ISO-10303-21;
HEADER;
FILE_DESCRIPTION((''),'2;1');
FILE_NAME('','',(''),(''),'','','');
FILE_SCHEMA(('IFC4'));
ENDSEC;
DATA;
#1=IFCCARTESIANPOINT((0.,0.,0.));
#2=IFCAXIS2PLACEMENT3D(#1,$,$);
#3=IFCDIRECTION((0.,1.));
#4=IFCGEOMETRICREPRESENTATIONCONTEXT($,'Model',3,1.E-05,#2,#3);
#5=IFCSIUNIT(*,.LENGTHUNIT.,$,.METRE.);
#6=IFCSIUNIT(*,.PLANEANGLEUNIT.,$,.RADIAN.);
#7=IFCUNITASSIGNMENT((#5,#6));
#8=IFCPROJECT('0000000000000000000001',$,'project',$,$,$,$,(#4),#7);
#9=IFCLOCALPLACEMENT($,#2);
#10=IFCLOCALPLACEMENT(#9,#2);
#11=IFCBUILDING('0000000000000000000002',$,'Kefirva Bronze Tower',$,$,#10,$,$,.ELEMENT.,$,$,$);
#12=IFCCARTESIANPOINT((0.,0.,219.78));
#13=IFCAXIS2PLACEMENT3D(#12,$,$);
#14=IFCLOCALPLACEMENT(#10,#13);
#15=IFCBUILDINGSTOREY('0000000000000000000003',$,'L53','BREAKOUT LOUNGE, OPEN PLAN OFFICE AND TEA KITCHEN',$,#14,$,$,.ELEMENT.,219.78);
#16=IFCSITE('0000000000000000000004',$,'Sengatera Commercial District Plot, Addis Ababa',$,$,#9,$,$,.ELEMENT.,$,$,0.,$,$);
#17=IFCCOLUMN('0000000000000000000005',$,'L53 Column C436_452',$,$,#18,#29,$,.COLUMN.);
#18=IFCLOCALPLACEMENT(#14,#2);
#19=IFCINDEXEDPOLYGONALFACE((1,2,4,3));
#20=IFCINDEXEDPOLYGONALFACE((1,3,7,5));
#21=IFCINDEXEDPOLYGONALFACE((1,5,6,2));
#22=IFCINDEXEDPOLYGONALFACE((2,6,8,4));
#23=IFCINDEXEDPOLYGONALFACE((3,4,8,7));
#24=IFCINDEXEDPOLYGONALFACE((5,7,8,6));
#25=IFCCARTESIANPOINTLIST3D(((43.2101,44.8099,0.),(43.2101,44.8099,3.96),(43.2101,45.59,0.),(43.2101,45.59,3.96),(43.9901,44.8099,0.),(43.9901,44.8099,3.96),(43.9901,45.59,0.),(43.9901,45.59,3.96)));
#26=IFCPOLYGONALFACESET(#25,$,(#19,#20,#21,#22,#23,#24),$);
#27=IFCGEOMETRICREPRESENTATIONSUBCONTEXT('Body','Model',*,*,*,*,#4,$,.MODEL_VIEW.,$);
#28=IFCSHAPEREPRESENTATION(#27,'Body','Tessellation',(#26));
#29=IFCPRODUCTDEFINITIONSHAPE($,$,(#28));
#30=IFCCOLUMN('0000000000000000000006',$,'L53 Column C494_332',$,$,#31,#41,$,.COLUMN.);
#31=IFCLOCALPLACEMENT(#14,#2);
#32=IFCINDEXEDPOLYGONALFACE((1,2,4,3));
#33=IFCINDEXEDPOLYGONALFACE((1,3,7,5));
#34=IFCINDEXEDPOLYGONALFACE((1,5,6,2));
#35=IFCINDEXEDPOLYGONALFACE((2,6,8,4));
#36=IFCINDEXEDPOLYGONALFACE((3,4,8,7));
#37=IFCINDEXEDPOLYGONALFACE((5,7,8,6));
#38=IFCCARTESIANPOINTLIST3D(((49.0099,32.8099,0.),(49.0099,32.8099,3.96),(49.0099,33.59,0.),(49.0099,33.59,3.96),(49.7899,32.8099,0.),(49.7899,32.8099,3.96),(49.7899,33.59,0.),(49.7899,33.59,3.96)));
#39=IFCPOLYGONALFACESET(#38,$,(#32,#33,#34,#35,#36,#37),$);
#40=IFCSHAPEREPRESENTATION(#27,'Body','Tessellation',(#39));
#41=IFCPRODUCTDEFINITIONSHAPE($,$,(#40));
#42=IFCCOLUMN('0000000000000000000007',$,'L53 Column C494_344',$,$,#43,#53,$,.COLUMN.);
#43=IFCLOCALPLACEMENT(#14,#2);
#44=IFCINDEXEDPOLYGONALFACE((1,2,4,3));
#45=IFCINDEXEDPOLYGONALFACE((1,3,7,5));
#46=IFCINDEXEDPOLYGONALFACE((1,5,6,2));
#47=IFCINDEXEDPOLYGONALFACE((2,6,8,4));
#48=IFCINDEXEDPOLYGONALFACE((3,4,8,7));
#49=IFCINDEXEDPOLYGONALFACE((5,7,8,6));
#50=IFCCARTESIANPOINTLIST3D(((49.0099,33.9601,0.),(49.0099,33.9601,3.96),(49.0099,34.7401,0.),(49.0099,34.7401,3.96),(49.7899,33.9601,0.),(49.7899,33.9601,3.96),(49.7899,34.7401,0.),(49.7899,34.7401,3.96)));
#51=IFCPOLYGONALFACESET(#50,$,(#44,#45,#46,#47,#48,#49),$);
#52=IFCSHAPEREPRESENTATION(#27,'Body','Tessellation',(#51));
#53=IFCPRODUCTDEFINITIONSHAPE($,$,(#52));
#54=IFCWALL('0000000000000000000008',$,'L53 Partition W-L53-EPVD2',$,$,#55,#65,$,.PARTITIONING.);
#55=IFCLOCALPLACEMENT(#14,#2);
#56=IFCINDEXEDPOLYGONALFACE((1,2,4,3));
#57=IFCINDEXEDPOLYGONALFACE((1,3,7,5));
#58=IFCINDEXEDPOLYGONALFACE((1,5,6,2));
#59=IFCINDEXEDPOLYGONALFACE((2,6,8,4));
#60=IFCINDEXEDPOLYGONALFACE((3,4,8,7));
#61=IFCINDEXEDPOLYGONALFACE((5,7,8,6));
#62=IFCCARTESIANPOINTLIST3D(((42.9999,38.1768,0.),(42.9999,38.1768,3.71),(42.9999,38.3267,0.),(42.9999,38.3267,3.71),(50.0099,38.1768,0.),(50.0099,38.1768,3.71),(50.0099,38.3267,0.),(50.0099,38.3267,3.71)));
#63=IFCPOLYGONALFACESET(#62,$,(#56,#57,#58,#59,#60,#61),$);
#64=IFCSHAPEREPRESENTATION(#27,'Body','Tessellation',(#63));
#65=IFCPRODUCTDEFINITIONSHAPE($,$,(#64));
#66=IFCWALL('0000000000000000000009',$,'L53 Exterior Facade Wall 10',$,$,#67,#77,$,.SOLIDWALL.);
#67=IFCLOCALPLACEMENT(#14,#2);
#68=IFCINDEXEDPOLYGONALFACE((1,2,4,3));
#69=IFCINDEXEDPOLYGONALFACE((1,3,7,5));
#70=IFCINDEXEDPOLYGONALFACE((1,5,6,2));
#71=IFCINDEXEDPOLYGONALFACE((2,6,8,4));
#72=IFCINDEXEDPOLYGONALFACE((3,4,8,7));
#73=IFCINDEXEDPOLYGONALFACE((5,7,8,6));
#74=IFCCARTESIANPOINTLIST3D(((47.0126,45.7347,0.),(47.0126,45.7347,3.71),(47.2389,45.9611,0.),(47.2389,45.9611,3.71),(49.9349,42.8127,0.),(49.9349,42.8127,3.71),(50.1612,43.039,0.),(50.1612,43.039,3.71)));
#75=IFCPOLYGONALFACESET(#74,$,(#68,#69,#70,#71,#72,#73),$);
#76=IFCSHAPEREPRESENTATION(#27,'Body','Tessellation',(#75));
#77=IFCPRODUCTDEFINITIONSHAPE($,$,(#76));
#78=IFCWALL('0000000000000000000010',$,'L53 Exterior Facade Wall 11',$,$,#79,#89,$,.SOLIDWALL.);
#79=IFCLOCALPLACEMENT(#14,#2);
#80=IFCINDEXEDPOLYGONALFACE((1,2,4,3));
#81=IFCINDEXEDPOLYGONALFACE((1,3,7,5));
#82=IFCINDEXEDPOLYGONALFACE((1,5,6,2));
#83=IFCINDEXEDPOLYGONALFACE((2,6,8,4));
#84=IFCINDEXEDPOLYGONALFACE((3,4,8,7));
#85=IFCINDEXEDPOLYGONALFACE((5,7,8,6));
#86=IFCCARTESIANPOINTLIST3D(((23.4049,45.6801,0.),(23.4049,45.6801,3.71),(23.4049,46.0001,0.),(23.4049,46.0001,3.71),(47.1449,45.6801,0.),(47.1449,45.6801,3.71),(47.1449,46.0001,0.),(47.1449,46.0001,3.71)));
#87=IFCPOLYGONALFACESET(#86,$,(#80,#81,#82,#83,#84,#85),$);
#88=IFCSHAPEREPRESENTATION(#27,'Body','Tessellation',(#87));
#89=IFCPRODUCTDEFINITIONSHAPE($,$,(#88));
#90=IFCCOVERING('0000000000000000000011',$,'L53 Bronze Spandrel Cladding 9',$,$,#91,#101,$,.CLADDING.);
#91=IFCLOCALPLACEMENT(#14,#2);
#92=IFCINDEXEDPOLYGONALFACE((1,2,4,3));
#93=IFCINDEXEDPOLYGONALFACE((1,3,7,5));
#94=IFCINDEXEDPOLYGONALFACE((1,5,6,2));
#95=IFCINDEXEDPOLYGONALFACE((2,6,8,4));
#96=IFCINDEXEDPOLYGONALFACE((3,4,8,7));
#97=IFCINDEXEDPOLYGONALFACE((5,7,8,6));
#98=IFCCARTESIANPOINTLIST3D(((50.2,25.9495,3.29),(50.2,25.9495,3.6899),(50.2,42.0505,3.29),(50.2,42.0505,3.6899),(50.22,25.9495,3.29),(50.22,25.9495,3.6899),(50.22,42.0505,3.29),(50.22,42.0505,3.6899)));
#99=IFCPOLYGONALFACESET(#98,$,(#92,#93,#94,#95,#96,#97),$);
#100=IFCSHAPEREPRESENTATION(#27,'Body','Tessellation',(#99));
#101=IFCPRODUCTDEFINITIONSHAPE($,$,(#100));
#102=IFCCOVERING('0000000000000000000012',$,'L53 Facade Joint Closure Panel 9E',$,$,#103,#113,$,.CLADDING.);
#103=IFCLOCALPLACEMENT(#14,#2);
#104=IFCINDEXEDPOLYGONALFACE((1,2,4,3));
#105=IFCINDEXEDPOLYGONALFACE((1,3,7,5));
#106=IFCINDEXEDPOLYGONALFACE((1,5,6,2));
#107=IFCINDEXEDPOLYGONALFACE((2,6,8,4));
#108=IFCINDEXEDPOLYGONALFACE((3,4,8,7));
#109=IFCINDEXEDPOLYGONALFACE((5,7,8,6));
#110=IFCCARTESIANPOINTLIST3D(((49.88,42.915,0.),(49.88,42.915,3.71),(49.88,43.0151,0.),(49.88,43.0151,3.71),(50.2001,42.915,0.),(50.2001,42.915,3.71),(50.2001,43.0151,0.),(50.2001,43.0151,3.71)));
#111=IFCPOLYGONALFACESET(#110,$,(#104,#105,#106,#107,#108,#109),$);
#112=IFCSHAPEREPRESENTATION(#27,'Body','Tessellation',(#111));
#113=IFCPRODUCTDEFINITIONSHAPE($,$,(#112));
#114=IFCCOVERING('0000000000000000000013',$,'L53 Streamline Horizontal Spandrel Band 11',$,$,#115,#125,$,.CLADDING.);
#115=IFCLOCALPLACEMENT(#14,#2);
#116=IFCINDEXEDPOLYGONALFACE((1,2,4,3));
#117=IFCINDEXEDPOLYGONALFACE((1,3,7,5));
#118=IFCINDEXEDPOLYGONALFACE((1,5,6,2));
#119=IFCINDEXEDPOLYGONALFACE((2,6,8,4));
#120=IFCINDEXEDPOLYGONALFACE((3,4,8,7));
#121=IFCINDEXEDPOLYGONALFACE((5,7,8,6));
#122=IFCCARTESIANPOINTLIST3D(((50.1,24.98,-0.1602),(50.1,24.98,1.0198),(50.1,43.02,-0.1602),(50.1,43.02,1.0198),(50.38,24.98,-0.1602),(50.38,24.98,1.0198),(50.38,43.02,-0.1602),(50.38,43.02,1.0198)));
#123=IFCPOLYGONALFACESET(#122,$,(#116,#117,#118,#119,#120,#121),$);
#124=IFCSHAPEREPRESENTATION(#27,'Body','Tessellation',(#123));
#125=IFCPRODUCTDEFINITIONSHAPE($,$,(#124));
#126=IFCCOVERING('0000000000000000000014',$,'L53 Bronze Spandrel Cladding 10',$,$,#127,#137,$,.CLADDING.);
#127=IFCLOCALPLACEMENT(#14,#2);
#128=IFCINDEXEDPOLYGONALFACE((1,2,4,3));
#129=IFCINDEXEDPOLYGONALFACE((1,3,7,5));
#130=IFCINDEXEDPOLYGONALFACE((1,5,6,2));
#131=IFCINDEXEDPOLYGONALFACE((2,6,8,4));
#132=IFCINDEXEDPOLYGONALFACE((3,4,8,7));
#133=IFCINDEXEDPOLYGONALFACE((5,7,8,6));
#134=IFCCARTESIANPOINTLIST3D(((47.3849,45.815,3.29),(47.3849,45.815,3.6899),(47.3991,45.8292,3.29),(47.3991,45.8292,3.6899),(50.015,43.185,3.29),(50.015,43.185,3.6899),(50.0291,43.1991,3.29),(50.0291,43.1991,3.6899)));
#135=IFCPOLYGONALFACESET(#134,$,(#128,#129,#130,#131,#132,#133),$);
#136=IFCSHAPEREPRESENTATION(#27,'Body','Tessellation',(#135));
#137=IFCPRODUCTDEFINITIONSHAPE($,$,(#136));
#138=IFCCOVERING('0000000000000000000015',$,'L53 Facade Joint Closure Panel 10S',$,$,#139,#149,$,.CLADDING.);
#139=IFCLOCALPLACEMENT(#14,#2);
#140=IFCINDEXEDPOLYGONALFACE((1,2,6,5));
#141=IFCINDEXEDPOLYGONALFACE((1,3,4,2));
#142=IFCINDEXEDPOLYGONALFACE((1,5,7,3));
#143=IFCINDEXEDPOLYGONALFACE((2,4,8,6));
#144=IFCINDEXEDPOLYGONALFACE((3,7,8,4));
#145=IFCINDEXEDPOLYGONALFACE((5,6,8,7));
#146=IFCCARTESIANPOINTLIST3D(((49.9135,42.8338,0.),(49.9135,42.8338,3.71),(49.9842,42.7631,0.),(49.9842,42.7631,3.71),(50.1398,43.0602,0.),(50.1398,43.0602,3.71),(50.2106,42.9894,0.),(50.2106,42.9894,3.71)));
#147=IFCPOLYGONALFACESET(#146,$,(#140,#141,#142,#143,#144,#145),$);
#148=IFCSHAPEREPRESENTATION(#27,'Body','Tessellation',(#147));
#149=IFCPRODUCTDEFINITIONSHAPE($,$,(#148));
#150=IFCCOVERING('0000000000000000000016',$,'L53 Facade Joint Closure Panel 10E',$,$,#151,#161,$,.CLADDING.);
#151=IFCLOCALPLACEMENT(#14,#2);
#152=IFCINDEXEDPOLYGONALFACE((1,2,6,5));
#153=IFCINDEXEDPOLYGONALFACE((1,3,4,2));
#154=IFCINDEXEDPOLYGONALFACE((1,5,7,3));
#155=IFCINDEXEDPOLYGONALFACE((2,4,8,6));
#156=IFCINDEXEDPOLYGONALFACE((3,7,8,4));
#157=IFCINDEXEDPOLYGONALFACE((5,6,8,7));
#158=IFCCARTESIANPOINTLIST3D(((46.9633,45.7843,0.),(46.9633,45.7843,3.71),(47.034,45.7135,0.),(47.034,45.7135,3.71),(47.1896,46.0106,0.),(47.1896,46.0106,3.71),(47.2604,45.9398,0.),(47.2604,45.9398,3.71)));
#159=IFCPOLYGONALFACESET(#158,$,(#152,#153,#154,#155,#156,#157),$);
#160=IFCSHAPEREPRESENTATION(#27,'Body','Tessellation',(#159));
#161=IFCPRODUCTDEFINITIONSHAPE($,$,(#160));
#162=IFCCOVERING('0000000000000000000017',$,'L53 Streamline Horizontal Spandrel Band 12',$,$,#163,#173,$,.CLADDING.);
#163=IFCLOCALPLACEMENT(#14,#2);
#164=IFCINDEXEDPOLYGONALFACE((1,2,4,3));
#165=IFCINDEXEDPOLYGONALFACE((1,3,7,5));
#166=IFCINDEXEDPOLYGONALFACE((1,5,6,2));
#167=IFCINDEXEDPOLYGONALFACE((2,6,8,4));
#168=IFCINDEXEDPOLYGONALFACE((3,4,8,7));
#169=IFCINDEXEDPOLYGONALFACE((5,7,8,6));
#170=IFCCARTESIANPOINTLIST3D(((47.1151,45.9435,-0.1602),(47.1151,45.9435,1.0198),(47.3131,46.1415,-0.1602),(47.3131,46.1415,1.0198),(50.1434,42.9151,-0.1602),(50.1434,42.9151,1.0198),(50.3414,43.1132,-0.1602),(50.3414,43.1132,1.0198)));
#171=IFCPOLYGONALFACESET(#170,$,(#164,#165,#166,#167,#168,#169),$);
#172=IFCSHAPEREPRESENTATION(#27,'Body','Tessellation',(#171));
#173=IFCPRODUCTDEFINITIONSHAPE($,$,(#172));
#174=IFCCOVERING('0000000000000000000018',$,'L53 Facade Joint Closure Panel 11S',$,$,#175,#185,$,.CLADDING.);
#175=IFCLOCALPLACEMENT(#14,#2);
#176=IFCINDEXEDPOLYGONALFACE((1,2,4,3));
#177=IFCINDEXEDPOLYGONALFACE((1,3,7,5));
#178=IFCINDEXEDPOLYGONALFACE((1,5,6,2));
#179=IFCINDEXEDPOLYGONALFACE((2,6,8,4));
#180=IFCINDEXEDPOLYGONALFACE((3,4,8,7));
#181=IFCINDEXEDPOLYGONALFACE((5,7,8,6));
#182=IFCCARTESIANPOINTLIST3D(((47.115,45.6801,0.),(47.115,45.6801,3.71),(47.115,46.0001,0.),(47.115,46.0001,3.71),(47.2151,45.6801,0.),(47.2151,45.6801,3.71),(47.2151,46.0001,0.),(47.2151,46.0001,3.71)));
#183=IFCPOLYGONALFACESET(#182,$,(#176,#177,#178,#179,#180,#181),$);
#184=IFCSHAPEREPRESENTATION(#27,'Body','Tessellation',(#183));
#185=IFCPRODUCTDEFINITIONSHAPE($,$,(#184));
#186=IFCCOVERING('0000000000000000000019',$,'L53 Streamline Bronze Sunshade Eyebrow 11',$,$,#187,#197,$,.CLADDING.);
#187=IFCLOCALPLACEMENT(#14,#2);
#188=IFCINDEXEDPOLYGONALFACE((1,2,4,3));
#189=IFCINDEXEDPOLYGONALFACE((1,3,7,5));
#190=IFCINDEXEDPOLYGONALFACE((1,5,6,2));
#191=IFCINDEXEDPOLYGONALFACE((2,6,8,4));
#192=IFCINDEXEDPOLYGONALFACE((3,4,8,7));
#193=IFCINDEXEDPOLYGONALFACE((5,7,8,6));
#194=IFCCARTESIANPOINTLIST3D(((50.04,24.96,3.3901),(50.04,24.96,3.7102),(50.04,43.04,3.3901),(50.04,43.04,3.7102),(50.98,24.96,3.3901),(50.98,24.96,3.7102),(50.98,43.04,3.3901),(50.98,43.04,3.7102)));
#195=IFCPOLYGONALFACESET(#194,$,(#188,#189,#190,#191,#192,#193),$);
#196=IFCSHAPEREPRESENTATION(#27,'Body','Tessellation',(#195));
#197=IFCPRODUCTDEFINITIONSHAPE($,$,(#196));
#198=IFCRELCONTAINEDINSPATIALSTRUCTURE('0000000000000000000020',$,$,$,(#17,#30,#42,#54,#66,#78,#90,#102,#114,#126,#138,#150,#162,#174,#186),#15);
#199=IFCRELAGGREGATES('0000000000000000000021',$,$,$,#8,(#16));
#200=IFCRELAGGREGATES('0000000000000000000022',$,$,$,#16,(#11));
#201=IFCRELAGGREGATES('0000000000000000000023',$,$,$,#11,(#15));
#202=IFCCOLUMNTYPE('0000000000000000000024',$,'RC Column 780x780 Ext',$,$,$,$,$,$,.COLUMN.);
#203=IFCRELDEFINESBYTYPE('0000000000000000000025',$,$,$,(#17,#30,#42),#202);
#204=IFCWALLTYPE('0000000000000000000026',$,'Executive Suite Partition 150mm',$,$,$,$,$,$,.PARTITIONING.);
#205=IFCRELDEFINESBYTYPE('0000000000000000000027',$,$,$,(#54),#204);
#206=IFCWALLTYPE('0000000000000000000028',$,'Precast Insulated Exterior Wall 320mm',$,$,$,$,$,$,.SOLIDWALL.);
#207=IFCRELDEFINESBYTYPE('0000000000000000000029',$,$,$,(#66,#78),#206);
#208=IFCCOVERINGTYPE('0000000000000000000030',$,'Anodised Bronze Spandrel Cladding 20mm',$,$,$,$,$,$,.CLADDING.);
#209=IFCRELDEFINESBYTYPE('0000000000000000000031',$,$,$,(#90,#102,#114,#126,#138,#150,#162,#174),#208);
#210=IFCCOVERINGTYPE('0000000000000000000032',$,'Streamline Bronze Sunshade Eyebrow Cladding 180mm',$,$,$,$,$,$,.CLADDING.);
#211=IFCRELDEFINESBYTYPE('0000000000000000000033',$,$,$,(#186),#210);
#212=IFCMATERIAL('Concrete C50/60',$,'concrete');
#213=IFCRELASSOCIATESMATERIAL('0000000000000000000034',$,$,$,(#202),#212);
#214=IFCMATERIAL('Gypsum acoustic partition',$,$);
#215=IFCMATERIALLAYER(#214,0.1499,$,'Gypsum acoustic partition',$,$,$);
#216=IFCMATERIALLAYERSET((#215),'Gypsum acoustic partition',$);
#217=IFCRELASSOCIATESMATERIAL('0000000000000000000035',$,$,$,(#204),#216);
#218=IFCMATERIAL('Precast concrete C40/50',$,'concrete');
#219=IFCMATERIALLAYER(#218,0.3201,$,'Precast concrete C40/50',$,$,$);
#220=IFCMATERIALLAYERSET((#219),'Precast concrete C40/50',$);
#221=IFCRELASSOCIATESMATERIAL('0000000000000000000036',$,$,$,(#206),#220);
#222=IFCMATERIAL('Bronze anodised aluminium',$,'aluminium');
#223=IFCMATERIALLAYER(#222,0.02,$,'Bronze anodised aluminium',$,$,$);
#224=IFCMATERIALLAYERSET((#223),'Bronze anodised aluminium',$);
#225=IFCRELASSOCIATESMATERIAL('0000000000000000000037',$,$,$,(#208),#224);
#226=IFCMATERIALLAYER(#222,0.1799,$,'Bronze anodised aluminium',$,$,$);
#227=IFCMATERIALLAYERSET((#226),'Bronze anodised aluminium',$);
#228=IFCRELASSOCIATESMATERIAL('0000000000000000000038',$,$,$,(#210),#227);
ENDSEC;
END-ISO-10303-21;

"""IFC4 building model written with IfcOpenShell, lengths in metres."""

from ifc_helpers import new_model, si_unit, direction, frame, frame_2d, origin, origin_2d, place, context, subcontext, project, spatial, rectangle, extrude, material, layer, layer_set, material_profile, profile_set, type_object, element, save


model = new_model("IFC4")

# Units and contexts
model_context = context("Model", 3, precision=1e-05, world=origin(), true_north=direction((0.0, 1.0)))
body_context = subcontext(model_context, "Body", "Model", "MODEL_VIEW")
ifc_project = project(units=[si_unit("LENGTHUNIT", "METRE"), si_unit("PLANEANGLEUNIT", "RADIAN")], contexts=[model_context])

# Site, building, storey
site_placement = place(None, origin())
site = spatial("IfcSite", under=ifc_project, at=site_placement, Name="Sengatera Commercial District Plot, Addis Ababa", CompositionType="ELEMENT", RefElevation=0.0)
building_placement = place(site_placement, origin())
building = spatial("IfcBuilding", under=site, at=building_placement, Name="Kefirva Bronze Tower", CompositionType="ELEMENT")
storey_placement = place(building_placement, frame((0.0, 0.0, 219.78)))
storey = spatial("IfcBuildingStorey", under=building, at=storey_placement, Name="L53", Description="BREAKOUT LOUNGE, OPEN PLAN OFFICE AND TEA KITCHEN", CompositionType="ELEMENT", Elevation=219.78)

# Columns
ifc_material_1 = material(Name="Concrete C50/60", Category="concrete")
ifc_material_profile = material_profile(ifc_material_1, rectangle(XDim=0.78, YDim=0.78, at=origin_2d()), Name="RC 780x780")
ifc_profile_set = profile_set([ifc_material_profile], Name="Concrete C50/60")
column_type = type_object("IfcColumnType", Name="RC Column 780x780 Ext", PredefinedType="COLUMN", material=ifc_profile_set)
for number, where, z_axis, x_axis, name in (
    (1, (43.6001, 45.2, 0.0), (0.0, 0.0, 1.0), (1.0, 0.0, 0.0), "L53 Column C436_452"),
    (2, (49.3999, 33.2, 0.0), (0.0, 0.0, 1.0), (1.0, 0.0, 0.0), "L53 Column C494_332"),
    (3, (49.3999, 34.3501, 0.0), (0.0, 0.0, 1.0), (1.0, 0.0, 0.0), "L53 Column C494_344"),
):
    element("IfcColumn", number, at=place(storey_placement, frame(where, z_axis=z_axis, x_axis=x_axis)), inside=storey, type_object=column_type, Name=name, PredefinedType="COLUMN", context=body_context, shape_type="SweptSolid", body=[
        extrude(rectangle(XDim=0.78, YDim=0.78, at=origin_2d()), origin(), (0.0, 0.0, 1.0), 3.96),
    ])

# Walls
ifc_material_2 = material(Name="Gypsum acoustic partition")
ifc_layer_1 = layer(ifc_material_2, 0.1499, Name="Gypsum acoustic partition")
ifc_layer_set_1 = layer_set([ifc_layer_1], Name="Gypsum acoustic partition")
wall_type_1 = type_object("IfcWallType", Name="Executive Suite Partition 150mm", PredefinedType="PARTITIONING", material=ifc_layer_set_1)
wall_1_placement = place(storey_placement, frame((43.0, 38.2517, 0.0), z_axis=(0.0, 0.0, 1.0), x_axis=(1.0, 0.0, 0.0)))
element("IfcWall", 4, at=wall_1_placement, inside=storey, type_object=wall_type_1, Name="L53 Partition W-L53-EPVD2", PredefinedType="PARTITIONING", context=body_context, shape_type="SweptSolid", body=[
    extrude(rectangle(XDim=7.01, YDim=0.1499, at=frame_2d((3.5049, 0.0))), origin(), (0.0, 0.0, 1.0), 3.71),
])
ifc_material_3 = material(Name="Precast concrete C40/50", Category="concrete")
ifc_layer_2 = layer(ifc_material_3, 0.3201, Name="Precast concrete C40/50")
ifc_layer_set_2 = layer_set([ifc_layer_2], Name="Precast concrete C40/50")
wall_type_2 = type_object("IfcWallType", Name="Precast Insulated Exterior Wall 320mm", PredefinedType="SOLIDWALL", material=ifc_layer_set_2)
wall_2_placement = place(storey_placement, frame((50.0481, 42.9258, 0.0), z_axis=(0.0, 0.0, 1.0), x_axis=(-0.707136, 0.707077, 0.0)))
element("IfcWall", 5, at=wall_2_placement, inside=storey, type_object=wall_type_2, Name="L53 Exterior Facade Wall 10", PredefinedType="SOLIDWALL", context=body_context, shape_type="SweptSolid", body=[
    extrude(rectangle(XDim=4.1326, YDim=0.3201, at=frame_2d((2.0664, 0.0))), origin(), (0.0, 0.0, 1.0), 3.71),
])
wall_3_placement = place(storey_placement, frame((47.145, 45.8401, 0.0), z_axis=(0.0, 0.0, 1.0), x_axis=(-1.0, 0.0, 0.0)))
element("IfcWall", 6, at=wall_3_placement, inside=storey, type_object=wall_type_2, Name="L53 Exterior Facade Wall 11", PredefinedType="SOLIDWALL", context=body_context, shape_type="SweptSolid", body=[
    extrude(rectangle(XDim=23.74, YDim=0.3201, at=frame_2d((11.8701, 0.0))), origin(), (0.0, 0.0, 1.0), 3.71),
])

# Coverings
ifc_material_4 = material(Name="Bronze anodised aluminium", Category="aluminium")
ifc_layer_3 = layer(ifc_material_4, 0.02, Name="Bronze anodised aluminium")
ifc_layer_set_3 = layer_set([ifc_layer_3], Name="Bronze anodised aluminium")
covering_type_1 = type_object("IfcCoveringType", Name="Anodised Bronze Spandrel Cladding 20mm", PredefinedType="CLADDING", material=ifc_layer_set_3)
covering_1_placement = place(storey_placement, frame((50.21, 34.0, 3.29), z_axis=(0.0, 0.0, 1.0), x_axis=(0.0, 1.0, 0.0)))
element("IfcCovering", 7, at=covering_1_placement, inside=storey, type_object=covering_type_1, Name="L53 Bronze Spandrel Cladding 9", PredefinedType="CLADDING", context=body_context, shape_type="SweptSolid", body=[
    extrude(rectangle(XDim=16.1011, YDim=0.02, at=origin_2d()), origin(), (0.0, 0.0, 1.0), 0.3999),
])
covering_2_placement = place(storey_placement, frame((50.04, 42.9651, 0.0), z_axis=(0.0, 0.0, 1.0), x_axis=(0.0, 1.0, 0.0)))
element("IfcCovering", 8, at=covering_2_placement, inside=storey, type_object=covering_type_1, Name="L53 Facade Joint Closure Panel 9E", PredefinedType="CLADDING", context=body_context, shape_type="SweptSolid", body=[
    extrude(rectangle(XDim=0.1001, YDim=0.3201, at=origin_2d()), origin(), (0.0, 0.0, 1.0), 3.71),
])
covering_3_placement = place(storey_placement, frame((50.24, 34.0, -0.1602), z_axis=(0.0, 0.0, 1.0), x_axis=(0.0, 1.0, 0.0)))
element("IfcCovering", 9, at=covering_3_placement, inside=storey, type_object=covering_type_1, Name="L53 Streamline Horizontal Spandrel Band 11", PredefinedType="CLADDING", context=body_context, shape_type="SweptSolid", body=[
    extrude(rectangle(XDim=18.04, YDim=0.28, at=origin_2d()), origin(), (0.0, 0.0, 1.0), 1.1799),
])
covering_4_placement = place(storey_placement, frame((48.707, 44.5071, 3.29), z_axis=(0.0, 0.0, 1.0), x_axis=(-0.707107, 0.707107, 0.0)))
element("IfcCovering", 10, at=covering_4_placement, inside=storey, type_object=covering_type_1, Name="L53 Bronze Spandrel Cladding 10", PredefinedType="CLADDING", context=body_context, shape_type="SweptSolid", body=[
    extrude(rectangle(XDim=3.7195, YDim=0.02, at=origin_2d()), origin(), (0.0, 0.0, 1.0), 0.3999),
])
for number, where, z_axis, x_axis, name in (
    (11, (50.062, 42.9116, 0.0), (0.0, 0.0, 1.0), (-0.707107, 0.707107, 0.0), "L53 Facade Joint Closure Panel 10S"),
    (12, (47.1118, 45.8621, 0.0), (0.0, 0.0, 1.0), (-0.707107, 0.707107, 0.0), "L53 Facade Joint Closure Panel 10E"),
):
    element("IfcCovering", number, at=place(storey_placement, frame(where, z_axis=z_axis, x_axis=x_axis)), inside=storey, type_object=covering_type_1, Name=name, PredefinedType="CLADDING", context=body_context, shape_type="SweptSolid", body=[
        extrude(rectangle(XDim=0.1001, YDim=0.3201, at=origin_2d()), origin(), (0.0, 0.0, 1.0), 3.71),
    ])
covering_5_placement = place(storey_placement, frame((48.7283, 44.5283, -0.1602), z_axis=(0.0, 0.0, 1.0), x_axis=(-0.707107, 0.707107, 0.0)))
element("IfcCovering", 13, at=covering_5_placement, inside=storey, type_object=covering_type_1, Name="L53 Streamline Horizontal Spandrel Band 12", PredefinedType="CLADDING", context=body_context, shape_type="SweptSolid", body=[
    extrude(rectangle(XDim=4.2827, YDim=0.28, at=origin_2d()), origin(), (0.0, 0.0, 1.0), 1.1799),
])
covering_6_placement = place(storey_placement, frame((47.165, 45.8401, 0.0), z_axis=(0.0, 0.0, 1.0), x_axis=(-1.0, 0.0, 0.0)))
element("IfcCovering", 14, at=covering_6_placement, inside=storey, type_object=covering_type_1, Name="L53 Facade Joint Closure Panel 11S", PredefinedType="CLADDING", context=body_context, shape_type="SweptSolid", body=[
    extrude(rectangle(XDim=0.1001, YDim=0.3201, at=origin_2d()), origin(), (0.0, 0.0, 1.0), 3.71),
])
ifc_layer_4 = layer(ifc_material_4, 0.1799, Name="Bronze anodised aluminium")
ifc_layer_set_4 = layer_set([ifc_layer_4], Name="Bronze anodised aluminium")
covering_type_2 = type_object("IfcCoveringType", Name="Streamline Bronze Sunshade Eyebrow Cladding 180mm", PredefinedType="CLADDING", material=ifc_layer_set_4)
covering_7_placement = place(storey_placement, frame((50.51, 34.0, 3.3901), z_axis=(0.0, 0.0, 1.0), x_axis=(0.0, 1.0, 0.0)))
element("IfcCovering", 15, at=covering_7_placement, inside=storey, type_object=covering_type_2, Name="L53 Streamline Bronze Sunshade Eyebrow 11", PredefinedType="CLADDING", context=body_context, shape_type="SweptSolid", body=[
    extrude(rectangle(XDim=18.0801, YDim=0.9399, at=origin_2d()), origin(), (0.0, 0.0, 1.0), 0.3201),
])

save(model, "model.ifc")
